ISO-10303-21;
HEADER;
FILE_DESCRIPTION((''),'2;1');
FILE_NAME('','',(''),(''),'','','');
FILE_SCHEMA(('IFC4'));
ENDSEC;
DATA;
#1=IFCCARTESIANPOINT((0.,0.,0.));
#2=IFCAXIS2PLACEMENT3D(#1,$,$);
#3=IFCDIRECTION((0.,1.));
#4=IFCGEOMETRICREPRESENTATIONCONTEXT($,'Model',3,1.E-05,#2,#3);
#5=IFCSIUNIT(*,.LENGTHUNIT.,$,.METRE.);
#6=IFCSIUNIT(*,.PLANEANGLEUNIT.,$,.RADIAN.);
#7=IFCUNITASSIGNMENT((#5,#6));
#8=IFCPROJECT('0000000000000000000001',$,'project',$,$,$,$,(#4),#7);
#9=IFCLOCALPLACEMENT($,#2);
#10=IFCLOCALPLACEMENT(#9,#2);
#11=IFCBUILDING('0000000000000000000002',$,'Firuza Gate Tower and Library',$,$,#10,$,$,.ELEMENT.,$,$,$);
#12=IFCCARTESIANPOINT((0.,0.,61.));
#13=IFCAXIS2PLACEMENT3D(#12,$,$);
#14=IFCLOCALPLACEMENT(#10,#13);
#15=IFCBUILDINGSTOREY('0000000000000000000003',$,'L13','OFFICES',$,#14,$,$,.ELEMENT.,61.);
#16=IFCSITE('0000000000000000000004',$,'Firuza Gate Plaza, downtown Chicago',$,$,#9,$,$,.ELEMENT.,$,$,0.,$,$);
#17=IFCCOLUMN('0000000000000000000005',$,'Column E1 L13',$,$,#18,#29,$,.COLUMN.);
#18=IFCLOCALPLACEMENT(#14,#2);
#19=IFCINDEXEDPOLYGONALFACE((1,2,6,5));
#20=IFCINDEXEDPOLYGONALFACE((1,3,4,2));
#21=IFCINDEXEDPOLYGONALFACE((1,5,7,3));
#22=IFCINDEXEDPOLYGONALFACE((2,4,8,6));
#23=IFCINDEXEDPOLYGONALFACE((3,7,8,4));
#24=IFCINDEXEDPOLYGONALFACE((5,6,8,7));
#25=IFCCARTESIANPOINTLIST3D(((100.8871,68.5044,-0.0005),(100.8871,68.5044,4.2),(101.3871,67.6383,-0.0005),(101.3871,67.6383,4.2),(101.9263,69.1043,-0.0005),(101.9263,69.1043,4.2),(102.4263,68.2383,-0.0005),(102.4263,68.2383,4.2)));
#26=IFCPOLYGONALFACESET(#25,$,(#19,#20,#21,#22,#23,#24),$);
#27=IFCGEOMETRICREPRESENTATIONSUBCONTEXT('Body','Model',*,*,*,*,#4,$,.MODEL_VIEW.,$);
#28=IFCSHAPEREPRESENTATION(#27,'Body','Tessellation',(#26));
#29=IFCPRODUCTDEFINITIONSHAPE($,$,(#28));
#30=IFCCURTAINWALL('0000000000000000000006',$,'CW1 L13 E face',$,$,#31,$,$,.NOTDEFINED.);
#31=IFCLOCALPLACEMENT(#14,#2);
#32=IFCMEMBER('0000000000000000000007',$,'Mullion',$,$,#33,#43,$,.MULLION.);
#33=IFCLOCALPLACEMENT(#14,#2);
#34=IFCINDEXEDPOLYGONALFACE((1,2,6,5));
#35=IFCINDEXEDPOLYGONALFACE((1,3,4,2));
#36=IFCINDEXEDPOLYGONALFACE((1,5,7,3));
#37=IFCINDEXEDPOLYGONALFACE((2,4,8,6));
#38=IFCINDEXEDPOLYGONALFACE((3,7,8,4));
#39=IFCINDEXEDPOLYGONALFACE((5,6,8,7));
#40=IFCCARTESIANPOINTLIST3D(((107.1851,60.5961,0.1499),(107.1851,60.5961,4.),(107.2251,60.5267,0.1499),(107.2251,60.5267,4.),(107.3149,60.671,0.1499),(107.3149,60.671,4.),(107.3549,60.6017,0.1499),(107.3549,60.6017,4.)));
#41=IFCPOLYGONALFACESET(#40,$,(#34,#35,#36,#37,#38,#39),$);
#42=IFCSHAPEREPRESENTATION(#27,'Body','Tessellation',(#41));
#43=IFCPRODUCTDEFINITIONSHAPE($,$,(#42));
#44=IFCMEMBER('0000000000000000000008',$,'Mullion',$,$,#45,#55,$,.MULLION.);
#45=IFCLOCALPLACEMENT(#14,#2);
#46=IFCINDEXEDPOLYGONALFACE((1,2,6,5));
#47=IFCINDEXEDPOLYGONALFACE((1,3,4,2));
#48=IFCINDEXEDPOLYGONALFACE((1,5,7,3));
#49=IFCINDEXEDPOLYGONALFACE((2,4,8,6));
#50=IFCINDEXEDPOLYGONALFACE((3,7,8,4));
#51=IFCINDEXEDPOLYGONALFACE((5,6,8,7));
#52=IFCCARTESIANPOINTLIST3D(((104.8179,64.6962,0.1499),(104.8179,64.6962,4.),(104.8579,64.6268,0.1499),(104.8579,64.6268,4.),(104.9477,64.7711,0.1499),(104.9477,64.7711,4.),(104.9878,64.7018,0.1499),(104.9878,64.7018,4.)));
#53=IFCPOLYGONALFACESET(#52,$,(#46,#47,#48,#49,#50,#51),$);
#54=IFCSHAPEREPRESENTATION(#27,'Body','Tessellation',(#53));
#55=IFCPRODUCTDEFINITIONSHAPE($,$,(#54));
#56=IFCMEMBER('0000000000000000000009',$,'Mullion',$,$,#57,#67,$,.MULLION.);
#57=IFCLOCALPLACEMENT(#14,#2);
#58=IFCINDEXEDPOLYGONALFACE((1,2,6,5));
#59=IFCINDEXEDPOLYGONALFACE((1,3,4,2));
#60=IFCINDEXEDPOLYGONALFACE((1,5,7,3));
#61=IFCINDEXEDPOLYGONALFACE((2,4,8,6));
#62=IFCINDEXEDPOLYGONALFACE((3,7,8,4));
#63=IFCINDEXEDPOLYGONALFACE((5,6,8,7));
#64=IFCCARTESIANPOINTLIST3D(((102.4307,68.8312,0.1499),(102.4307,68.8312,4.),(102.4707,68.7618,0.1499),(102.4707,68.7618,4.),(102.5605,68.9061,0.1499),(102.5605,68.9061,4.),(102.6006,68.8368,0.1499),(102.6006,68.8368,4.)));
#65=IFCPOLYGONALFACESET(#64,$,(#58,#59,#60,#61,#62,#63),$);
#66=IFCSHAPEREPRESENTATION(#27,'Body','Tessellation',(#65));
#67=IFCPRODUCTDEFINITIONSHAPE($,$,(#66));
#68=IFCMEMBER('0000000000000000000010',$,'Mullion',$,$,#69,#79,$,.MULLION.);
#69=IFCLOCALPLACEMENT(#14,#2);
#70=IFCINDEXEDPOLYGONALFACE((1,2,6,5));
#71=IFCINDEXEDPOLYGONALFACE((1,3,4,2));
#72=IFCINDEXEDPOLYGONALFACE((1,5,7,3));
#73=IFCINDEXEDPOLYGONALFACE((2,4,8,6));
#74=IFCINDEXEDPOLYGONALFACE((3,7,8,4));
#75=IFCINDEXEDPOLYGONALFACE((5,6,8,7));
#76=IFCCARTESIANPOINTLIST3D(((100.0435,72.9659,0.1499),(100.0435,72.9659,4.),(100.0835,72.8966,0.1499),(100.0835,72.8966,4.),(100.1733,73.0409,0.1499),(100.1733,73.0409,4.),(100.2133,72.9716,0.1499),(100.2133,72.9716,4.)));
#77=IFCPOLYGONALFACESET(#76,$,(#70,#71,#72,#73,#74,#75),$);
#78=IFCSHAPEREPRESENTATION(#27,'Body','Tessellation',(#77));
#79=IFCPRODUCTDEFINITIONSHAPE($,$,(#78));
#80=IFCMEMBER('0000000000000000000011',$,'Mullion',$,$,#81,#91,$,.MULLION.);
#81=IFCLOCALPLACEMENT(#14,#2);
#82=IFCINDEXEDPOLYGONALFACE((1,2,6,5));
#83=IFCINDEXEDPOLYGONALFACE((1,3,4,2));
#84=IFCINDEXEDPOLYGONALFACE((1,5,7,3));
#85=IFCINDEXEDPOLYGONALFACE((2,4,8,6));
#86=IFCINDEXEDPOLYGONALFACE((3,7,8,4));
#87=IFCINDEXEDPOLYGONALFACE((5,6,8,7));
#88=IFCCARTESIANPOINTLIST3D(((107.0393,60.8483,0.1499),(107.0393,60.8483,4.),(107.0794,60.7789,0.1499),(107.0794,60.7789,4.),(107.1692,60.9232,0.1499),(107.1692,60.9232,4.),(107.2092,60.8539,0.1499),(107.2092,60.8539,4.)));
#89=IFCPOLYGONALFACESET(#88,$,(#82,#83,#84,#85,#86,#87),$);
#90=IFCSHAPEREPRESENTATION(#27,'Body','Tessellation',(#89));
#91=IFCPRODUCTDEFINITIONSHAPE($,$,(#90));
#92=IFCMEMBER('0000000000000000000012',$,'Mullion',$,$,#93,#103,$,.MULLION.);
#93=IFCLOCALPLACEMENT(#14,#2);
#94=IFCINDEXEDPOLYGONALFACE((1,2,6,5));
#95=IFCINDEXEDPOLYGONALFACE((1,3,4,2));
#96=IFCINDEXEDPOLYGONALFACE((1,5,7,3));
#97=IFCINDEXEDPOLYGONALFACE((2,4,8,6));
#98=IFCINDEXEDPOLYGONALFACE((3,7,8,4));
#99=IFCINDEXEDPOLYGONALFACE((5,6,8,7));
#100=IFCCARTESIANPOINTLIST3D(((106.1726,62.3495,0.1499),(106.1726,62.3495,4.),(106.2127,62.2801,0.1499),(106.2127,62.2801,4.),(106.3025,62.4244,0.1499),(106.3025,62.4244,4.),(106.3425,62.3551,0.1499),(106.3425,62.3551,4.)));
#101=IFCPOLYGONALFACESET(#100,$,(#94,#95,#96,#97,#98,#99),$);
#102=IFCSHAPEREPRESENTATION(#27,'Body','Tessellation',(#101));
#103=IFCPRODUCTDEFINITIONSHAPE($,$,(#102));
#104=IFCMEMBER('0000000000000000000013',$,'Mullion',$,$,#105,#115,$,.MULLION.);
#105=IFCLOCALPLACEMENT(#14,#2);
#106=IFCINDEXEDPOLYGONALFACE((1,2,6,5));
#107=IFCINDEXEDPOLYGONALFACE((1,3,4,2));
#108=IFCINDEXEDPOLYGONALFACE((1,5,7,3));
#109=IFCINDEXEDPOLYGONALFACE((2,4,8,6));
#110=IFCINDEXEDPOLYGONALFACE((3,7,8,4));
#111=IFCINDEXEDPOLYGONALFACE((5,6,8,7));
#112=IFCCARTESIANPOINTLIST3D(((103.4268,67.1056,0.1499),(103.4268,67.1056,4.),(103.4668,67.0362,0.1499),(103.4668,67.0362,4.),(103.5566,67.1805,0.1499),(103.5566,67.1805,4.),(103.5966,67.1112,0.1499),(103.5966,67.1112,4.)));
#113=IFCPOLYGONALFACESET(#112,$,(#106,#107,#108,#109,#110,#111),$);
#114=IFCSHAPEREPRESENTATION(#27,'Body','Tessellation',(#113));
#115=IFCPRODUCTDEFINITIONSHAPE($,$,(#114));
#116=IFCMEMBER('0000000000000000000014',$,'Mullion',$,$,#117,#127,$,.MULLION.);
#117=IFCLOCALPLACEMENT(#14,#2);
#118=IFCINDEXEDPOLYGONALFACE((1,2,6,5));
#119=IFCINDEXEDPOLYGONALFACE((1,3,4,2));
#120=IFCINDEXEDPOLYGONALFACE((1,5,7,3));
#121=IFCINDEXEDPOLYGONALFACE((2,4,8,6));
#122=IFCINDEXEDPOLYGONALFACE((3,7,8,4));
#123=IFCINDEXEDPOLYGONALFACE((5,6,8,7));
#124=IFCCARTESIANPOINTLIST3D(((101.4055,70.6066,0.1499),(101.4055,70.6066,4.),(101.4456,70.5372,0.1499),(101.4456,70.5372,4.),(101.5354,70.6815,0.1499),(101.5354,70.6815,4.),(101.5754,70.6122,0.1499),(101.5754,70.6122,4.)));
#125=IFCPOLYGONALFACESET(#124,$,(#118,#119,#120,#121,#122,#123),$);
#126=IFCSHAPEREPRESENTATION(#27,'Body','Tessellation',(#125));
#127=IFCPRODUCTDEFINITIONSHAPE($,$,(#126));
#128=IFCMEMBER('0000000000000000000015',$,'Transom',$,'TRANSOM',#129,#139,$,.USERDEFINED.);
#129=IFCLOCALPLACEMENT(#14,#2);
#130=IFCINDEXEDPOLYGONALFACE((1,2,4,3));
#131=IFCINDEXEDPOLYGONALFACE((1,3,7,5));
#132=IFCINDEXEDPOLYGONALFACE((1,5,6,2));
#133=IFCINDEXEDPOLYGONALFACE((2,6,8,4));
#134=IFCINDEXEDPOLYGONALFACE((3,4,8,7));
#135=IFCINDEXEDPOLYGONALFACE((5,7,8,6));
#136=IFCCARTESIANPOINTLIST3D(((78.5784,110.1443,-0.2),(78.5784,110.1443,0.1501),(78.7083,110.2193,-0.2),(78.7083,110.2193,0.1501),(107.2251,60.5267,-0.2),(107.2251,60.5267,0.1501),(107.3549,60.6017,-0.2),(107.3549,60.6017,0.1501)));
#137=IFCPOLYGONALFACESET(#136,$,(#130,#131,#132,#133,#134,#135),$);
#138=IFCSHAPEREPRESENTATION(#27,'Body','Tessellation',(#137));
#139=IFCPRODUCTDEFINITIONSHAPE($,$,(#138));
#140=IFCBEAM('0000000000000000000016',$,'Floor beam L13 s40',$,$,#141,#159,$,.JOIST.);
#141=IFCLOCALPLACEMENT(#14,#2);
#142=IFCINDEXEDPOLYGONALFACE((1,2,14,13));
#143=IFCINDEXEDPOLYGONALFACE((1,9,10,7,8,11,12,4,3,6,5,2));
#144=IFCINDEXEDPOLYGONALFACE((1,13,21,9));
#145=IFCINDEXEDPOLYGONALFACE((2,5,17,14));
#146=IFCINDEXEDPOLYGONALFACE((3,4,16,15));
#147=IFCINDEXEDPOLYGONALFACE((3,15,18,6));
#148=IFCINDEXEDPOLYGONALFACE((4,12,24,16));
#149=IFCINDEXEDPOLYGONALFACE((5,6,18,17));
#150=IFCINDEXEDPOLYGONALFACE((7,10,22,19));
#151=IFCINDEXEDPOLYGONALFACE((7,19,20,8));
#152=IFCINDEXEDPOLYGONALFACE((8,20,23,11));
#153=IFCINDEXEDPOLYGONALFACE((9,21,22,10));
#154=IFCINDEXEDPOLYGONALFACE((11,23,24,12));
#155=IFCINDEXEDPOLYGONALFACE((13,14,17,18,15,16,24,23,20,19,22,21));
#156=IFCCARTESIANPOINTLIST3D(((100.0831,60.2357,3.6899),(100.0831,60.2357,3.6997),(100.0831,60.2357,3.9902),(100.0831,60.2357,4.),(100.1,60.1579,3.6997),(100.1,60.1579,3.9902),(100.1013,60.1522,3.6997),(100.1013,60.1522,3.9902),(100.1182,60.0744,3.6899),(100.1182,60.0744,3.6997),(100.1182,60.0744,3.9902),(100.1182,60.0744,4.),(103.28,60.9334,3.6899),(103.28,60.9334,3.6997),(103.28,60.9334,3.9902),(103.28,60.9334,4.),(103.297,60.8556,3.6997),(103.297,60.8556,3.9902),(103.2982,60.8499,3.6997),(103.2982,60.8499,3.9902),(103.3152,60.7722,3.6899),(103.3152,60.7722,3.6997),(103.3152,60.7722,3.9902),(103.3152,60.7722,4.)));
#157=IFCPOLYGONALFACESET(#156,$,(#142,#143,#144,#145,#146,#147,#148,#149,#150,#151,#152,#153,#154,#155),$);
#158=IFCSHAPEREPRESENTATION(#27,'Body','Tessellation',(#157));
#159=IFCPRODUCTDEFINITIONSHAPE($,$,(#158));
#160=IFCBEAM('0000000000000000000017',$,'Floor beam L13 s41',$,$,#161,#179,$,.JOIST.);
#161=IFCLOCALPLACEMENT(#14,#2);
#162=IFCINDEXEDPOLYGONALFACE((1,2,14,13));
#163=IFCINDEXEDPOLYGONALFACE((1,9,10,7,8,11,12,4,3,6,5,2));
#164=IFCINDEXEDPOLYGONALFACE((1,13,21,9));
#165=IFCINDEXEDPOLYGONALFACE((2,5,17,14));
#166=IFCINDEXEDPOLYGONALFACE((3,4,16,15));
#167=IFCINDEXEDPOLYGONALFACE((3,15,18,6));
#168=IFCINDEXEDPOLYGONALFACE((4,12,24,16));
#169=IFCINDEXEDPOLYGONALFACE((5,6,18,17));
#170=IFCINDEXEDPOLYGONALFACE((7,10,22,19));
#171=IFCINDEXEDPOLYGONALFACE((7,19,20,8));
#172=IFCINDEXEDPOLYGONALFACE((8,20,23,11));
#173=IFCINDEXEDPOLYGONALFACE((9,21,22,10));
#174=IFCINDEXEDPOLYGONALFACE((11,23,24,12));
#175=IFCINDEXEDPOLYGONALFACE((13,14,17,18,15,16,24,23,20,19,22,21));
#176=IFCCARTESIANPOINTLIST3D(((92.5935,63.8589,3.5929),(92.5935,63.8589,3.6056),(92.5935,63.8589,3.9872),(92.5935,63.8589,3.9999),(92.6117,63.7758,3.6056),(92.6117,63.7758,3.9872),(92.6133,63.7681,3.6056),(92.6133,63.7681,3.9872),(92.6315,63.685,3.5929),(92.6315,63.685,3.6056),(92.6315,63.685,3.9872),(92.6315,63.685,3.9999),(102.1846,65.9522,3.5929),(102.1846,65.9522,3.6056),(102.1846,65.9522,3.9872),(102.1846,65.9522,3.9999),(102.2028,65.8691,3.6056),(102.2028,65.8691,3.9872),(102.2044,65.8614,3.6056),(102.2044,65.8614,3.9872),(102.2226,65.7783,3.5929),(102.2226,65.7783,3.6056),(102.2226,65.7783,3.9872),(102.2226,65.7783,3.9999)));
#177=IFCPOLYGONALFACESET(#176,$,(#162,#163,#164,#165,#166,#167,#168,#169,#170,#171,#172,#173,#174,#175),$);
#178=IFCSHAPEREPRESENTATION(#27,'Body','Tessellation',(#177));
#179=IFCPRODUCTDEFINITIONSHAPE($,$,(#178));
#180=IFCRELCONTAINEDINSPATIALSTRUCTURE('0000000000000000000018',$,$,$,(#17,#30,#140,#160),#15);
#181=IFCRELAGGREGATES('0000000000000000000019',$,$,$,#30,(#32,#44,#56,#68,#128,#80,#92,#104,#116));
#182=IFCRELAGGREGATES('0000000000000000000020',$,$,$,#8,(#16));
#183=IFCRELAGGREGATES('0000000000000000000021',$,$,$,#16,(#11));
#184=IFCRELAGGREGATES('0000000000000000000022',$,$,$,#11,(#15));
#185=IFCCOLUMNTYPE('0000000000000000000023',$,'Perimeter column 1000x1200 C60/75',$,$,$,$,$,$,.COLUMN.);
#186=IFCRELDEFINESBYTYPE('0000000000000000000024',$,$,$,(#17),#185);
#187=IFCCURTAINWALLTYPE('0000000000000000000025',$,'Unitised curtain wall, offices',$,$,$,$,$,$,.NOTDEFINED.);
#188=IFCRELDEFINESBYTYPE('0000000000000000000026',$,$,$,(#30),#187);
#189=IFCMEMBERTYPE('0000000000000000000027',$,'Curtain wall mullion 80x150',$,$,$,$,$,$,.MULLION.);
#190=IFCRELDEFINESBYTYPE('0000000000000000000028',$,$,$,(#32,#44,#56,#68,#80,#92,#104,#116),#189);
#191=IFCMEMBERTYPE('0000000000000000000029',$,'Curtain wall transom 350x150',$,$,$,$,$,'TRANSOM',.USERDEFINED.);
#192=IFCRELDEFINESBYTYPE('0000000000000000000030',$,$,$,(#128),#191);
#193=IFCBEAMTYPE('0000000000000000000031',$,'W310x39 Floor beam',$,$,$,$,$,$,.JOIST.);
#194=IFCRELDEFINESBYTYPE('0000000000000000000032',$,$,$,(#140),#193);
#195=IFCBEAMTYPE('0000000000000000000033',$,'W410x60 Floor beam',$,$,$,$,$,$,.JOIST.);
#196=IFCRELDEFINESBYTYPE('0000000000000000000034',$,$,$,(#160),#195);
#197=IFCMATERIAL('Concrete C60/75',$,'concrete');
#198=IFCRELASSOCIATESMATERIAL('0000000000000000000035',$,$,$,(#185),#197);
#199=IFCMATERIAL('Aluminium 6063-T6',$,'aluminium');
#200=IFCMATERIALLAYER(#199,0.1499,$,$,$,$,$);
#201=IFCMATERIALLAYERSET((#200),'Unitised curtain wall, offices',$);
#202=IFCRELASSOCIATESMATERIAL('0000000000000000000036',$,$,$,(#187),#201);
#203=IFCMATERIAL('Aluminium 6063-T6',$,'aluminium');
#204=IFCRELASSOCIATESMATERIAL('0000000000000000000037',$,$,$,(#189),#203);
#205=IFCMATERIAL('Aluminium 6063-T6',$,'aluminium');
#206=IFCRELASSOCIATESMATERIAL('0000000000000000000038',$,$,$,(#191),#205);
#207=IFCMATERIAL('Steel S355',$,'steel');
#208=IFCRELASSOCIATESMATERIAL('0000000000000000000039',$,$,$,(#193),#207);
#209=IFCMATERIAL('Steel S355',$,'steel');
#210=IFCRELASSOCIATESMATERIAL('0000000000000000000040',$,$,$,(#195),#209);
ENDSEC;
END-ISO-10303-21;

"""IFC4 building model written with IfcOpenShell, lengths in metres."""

from ifc_helpers import new_model, si_unit, direction, frame, origin, origin_2d, place, context, subcontext, project, spatial, rectangle, i_section, extrude, material, layer, layer_set, material_profile, profile_set, type_object, element, aggregate, save


model = new_model("IFC4")

# Units and contexts
model_context = context("Model", 3, precision=1e-05, world=origin(), true_north=direction((0.0, 1.0)))
body_context = subcontext(model_context, "Body", "Model", "MODEL_VIEW")
ifc_project = project(units=[si_unit("LENGTHUNIT", "METRE"), si_unit("PLANEANGLEUNIT", "RADIAN")], contexts=[model_context])

# Site, building, storey
site_placement = place(None, origin())
site = spatial("IfcSite", under=ifc_project, at=site_placement, Name="Firuza Gate Plaza, downtown Chicago", CompositionType="ELEMENT", RefElevation=0.0)
building_placement = place(site_placement, origin())
building = spatial("IfcBuilding", under=site, at=building_placement, Name="Firuza Gate Tower and Library", CompositionType="ELEMENT")
storey_placement = place(building_placement, frame((0.0, 0.0, 61.0)))
storey = spatial("IfcBuildingStorey", under=building, at=storey_placement, Name="L13", Description="OFFICES", CompositionType="ELEMENT", Elevation=61.0)

# Column
ifc_material_1 = material(Name="Concrete C60/75", Category="concrete")
ifc_material_profile_1 = material_profile(ifc_material_1, rectangle(XDim=1.0, YDim=1.2, at=origin_2d()))
ifc_profile_set_1 = profile_set([ifc_material_profile_1], Name="Concrete C60/75")
column_type = type_object("IfcColumnType", Name="Perimeter column 1000x1200 C60/75", PredefinedType="COLUMN", material=ifc_profile_set_1)
column_placement = place(storey_placement, frame((101.6567, 68.3713, -0.0005), z_axis=(0.0, 0.0, 1.0), x_axis=(-0.5, 0.866025, 0.0)))
element("IfcColumn", 1, at=column_placement, inside=storey, type_object=column_type, Name="Column E1 L13", PredefinedType="COLUMN", context=body_context, shape_type="SweptSolid", body=[
    extrude(rectangle(XDim=1.0, YDim=1.2, at=origin_2d()), origin(), (0.0, 0.0, 1.0), 4.2004),
])

# Curtain wall, members
ifc_material_2 = material(Name="Aluminium 6063-T6", Category="aluminium")
ifc_layer_1 = layer(ifc_material_2, 0.1499)
ifc_layer_set_1 = layer_set([ifc_layer_1], Name="Unitised curtain wall, offices")
curtain_wall_type = type_object("IfcCurtainWallType", Name="Unitised curtain wall, offices", PredefinedType="NOTDEFINED", material=ifc_layer_set_1)
curtain_wall_placement = place(storey_placement, origin())
curtain_wall = element("IfcCurtainWall", 2, at=curtain_wall_placement, inside=storey, type_object=curtain_wall_type, Name="CW1 L13 E face", PredefinedType="NOTDEFINED")
ifc_material_3 = material(Name="Aluminium 6063-T6", Category="aluminium")
ifc_material_profile_2 = material_profile(ifc_material_3, rectangle(XDim=0.1499, YDim=0.0801, at=origin_2d()))
ifc_profile_set_2 = profile_set([ifc_material_profile_2], Name="Aluminium 6063-T6")
member_type_1 = type_object("IfcMemberType", Name="Curtain wall mullion 80x150", PredefinedType="MULLION", material=ifc_profile_set_2)
member_1_placement = place(storey_placement, frame((107.27, 60.5989, 0.1499), z_axis=(0.0, 0.0, 1.0), x_axis=(-0.866025, -0.5, 0.0)))
member_1 = element("IfcMember", 3, at=member_1_placement, type_object=member_type_1, Name="Mullion", PredefinedType="MULLION", context=body_context, shape_type="SweptSolid", body=[
    extrude(rectangle(XDim=0.1499, YDim=0.0801, at=origin_2d()), origin(), (0.0, 0.0, 1.0), 3.8501),
])
member_2_placement = place(storey_placement, frame((104.9028, 64.699, 0.1499), z_axis=(0.0, 0.0, 1.0), x_axis=(-0.866025, -0.5, 0.0)))
member_2 = element("IfcMember", 4, at=member_2_placement, type_object=member_type_1, Name="Mullion", PredefinedType="MULLION", context=body_context, shape_type="SweptSolid", body=[
    extrude(rectangle(XDim=0.1499, YDim=0.0801, at=origin_2d()), origin(), (0.0, 0.0, 1.0), 3.8501),
])
member_3_placement = place(storey_placement, frame((102.5156, 68.834, 0.1499), z_axis=(0.0, 0.0, 1.0), x_axis=(-0.866025, -0.5, 0.0)))
member_3 = element("IfcMember", 5, at=member_3_placement, type_object=member_type_1, Name="Mullion", PredefinedType="MULLION", context=body_context, shape_type="SweptSolid", body=[
    extrude(rectangle(XDim=0.1499, YDim=0.0801, at=origin_2d()), origin(), (0.0, 0.0, 1.0), 3.8501),
])
member_4_placement = place(storey_placement, frame((100.1284, 72.9688, 0.1499), z_axis=(0.0, 0.0, 1.0), x_axis=(-0.866025, -0.5, 0.0)))
member_4 = element("IfcMember", 6, at=member_4_placement, type_object=member_type_1, Name="Mullion", PredefinedType="MULLION", context=body_context, shape_type="SweptSolid", body=[
    extrude(rectangle(XDim=0.1499, YDim=0.0801, at=origin_2d()), origin(), (0.0, 0.0, 1.0), 3.8501),
])
member_5_placement = place(storey_placement, frame((107.1243, 60.8511, 0.1499), z_axis=(0.0, 0.0, 1.0), x_axis=(-0.866025, -0.5, 0.0)))
member_5 = element("IfcMember", 7, at=member_5_placement, type_object=member_type_1, Name="Mullion", PredefinedType="MULLION", context=body_context, shape_type="SweptSolid", body=[
    extrude(rectangle(XDim=0.1499, YDim=0.0801, at=origin_2d()), origin(), (0.0, 0.0, 1.0), 3.8501),
])
member_6_placement = place(storey_placement, frame((106.2576, 62.3523, 0.1499), z_axis=(0.0, 0.0, 1.0), x_axis=(-0.866025, -0.5, 0.0)))
member_6 = element("IfcMember", 8, at=member_6_placement, type_object=member_type_1, Name="Mullion", PredefinedType="MULLION", context=body_context, shape_type="SweptSolid", body=[
    extrude(rectangle(XDim=0.1499, YDim=0.0801, at=origin_2d()), origin(), (0.0, 0.0, 1.0), 3.8501),
])
member_7_placement = place(storey_placement, frame((103.5117, 67.1084, 0.1499), z_axis=(0.0, 0.0, 1.0), x_axis=(-0.866025, -0.5, 0.0)))
member_7 = element("IfcMember", 9, at=member_7_placement, type_object=member_type_1, Name="Mullion", PredefinedType="MULLION", context=body_context, shape_type="SweptSolid", body=[
    extrude(rectangle(XDim=0.1499, YDim=0.0801, at=origin_2d()), origin(), (0.0, 0.0, 1.0), 3.8501),
])
member_8_placement = place(storey_placement, frame((101.4905, 70.6094, 0.1499), z_axis=(0.0, 0.0, 1.0), x_axis=(-0.866025, -0.5, 0.0)))
member_8 = element("IfcMember", 10, at=member_8_placement, type_object=member_type_1, Name="Mullion", PredefinedType="MULLION", context=body_context, shape_type="SweptSolid", body=[
    extrude(rectangle(XDim=0.1499, YDim=0.0801, at=origin_2d()), origin(), (0.0, 0.0, 1.0), 3.8501),
])
ifc_material_4 = material(Name="Aluminium 6063-T6", Category="aluminium")
ifc_material_profile_3 = material_profile(ifc_material_4, rectangle(XDim=0.1499, YDim=0.3501, at=origin_2d()))
ifc_profile_set_3 = profile_set([ifc_material_profile_3], Name="Aluminium 6063-T6")
member_type_2 = type_object("IfcMemberType", Name="Curtain wall transom 350x150", ElementType="TRANSOM", PredefinedType="USERDEFINED", material=ifc_profile_set_3)
member_9_placement = place(storey_placement, frame((107.29, 60.5642, -0.0249), z_axis=(-0.499999, 0.866026, 0.0), x_axis=(-0.866026, -0.499999, 0.0)))
member_9 = element("IfcMember", 11, at=member_9_placement, type_object=member_type_2, Name="Transom", ObjectType="TRANSOM", PredefinedType="USERDEFINED", context=body_context, shape_type="SweptSolid", body=[
    extrude(rectangle(XDim=0.1499, YDim=0.3501, at=origin_2d()), origin(), (0.0, 0.0, 1.0), 57.2935),
])

# Beams
ifc_material_5 = material(Name="Steel S355", Category="steel")
ifc_material_profile_4 = material_profile(ifc_material_5, i_section(OverallWidth=0.165, OverallDepth=0.3101, WebThickness=0.0059, FlangeThickness=0.0098, at=origin_2d()))
ifc_profile_set_4 = profile_set([ifc_material_profile_4], Name="Steel S355")
beam_type_1 = type_object("IfcBeamType", Name="W310x39 Floor beam", PredefinedType="JOIST", material=ifc_profile_set_4)
beam_1_placement = place(storey_placement, frame((103.2976, 60.8528, 3.845), z_axis=(-0.977002, -0.213232, 0.0), x_axis=(0.213232, -0.977002, 0.0)))
element("IfcBeam", 12, at=beam_1_placement, inside=storey, type_object=beam_type_1, Name="Floor beam L13 s40", PredefinedType="JOIST", context=body_context, shape_type="SweptSolid", body=[
    extrude(i_section(OverallWidth=0.165, OverallDepth=0.3101, WebThickness=0.0059, FlangeThickness=0.0098, at=origin_2d()), origin(), (0.0, 0.0, 1.0), 3.2722),
])
ifc_material_6 = material(Name="Steel S355", Category="steel")
ifc_material_profile_5 = material_profile(ifc_material_6, i_section(OverallWidth=0.178, OverallDepth=0.407, WebThickness=0.0078, FlangeThickness=0.0127, at=origin_2d()))
ifc_profile_set_5 = profile_set([ifc_material_profile_5], Name="Steel S355")
beam_type_2 = type_object("IfcBeamType", Name="W410x60 Floor beam", PredefinedType="JOIST", material=ifc_profile_set_5)
beam_2_placement = place(storey_placement, frame((102.2036, 65.8652, 3.7964), z_axis=(-0.977002, -0.213232, 0.0), x_axis=(0.213232, -0.977002, 0.0)))
element("IfcBeam", 13, at=beam_2_placement, inside=storey, type_object=beam_type_2, Name="Floor beam L13 s41", PredefinedType="JOIST", context=body_context, shape_type="SweptSolid", body=[
    extrude(i_section(OverallWidth=0.178, OverallDepth=0.407, WebThickness=0.0078, FlangeThickness=0.0127, at=origin_2d()), origin(), (0.0, 0.0, 1.0), 9.8169),
])

aggregate(curtain_wall, [member_1, member_2, member_3, member_4, member_9, member_5, member_6, member_7, member_8])

save(model, "model.ifc")
